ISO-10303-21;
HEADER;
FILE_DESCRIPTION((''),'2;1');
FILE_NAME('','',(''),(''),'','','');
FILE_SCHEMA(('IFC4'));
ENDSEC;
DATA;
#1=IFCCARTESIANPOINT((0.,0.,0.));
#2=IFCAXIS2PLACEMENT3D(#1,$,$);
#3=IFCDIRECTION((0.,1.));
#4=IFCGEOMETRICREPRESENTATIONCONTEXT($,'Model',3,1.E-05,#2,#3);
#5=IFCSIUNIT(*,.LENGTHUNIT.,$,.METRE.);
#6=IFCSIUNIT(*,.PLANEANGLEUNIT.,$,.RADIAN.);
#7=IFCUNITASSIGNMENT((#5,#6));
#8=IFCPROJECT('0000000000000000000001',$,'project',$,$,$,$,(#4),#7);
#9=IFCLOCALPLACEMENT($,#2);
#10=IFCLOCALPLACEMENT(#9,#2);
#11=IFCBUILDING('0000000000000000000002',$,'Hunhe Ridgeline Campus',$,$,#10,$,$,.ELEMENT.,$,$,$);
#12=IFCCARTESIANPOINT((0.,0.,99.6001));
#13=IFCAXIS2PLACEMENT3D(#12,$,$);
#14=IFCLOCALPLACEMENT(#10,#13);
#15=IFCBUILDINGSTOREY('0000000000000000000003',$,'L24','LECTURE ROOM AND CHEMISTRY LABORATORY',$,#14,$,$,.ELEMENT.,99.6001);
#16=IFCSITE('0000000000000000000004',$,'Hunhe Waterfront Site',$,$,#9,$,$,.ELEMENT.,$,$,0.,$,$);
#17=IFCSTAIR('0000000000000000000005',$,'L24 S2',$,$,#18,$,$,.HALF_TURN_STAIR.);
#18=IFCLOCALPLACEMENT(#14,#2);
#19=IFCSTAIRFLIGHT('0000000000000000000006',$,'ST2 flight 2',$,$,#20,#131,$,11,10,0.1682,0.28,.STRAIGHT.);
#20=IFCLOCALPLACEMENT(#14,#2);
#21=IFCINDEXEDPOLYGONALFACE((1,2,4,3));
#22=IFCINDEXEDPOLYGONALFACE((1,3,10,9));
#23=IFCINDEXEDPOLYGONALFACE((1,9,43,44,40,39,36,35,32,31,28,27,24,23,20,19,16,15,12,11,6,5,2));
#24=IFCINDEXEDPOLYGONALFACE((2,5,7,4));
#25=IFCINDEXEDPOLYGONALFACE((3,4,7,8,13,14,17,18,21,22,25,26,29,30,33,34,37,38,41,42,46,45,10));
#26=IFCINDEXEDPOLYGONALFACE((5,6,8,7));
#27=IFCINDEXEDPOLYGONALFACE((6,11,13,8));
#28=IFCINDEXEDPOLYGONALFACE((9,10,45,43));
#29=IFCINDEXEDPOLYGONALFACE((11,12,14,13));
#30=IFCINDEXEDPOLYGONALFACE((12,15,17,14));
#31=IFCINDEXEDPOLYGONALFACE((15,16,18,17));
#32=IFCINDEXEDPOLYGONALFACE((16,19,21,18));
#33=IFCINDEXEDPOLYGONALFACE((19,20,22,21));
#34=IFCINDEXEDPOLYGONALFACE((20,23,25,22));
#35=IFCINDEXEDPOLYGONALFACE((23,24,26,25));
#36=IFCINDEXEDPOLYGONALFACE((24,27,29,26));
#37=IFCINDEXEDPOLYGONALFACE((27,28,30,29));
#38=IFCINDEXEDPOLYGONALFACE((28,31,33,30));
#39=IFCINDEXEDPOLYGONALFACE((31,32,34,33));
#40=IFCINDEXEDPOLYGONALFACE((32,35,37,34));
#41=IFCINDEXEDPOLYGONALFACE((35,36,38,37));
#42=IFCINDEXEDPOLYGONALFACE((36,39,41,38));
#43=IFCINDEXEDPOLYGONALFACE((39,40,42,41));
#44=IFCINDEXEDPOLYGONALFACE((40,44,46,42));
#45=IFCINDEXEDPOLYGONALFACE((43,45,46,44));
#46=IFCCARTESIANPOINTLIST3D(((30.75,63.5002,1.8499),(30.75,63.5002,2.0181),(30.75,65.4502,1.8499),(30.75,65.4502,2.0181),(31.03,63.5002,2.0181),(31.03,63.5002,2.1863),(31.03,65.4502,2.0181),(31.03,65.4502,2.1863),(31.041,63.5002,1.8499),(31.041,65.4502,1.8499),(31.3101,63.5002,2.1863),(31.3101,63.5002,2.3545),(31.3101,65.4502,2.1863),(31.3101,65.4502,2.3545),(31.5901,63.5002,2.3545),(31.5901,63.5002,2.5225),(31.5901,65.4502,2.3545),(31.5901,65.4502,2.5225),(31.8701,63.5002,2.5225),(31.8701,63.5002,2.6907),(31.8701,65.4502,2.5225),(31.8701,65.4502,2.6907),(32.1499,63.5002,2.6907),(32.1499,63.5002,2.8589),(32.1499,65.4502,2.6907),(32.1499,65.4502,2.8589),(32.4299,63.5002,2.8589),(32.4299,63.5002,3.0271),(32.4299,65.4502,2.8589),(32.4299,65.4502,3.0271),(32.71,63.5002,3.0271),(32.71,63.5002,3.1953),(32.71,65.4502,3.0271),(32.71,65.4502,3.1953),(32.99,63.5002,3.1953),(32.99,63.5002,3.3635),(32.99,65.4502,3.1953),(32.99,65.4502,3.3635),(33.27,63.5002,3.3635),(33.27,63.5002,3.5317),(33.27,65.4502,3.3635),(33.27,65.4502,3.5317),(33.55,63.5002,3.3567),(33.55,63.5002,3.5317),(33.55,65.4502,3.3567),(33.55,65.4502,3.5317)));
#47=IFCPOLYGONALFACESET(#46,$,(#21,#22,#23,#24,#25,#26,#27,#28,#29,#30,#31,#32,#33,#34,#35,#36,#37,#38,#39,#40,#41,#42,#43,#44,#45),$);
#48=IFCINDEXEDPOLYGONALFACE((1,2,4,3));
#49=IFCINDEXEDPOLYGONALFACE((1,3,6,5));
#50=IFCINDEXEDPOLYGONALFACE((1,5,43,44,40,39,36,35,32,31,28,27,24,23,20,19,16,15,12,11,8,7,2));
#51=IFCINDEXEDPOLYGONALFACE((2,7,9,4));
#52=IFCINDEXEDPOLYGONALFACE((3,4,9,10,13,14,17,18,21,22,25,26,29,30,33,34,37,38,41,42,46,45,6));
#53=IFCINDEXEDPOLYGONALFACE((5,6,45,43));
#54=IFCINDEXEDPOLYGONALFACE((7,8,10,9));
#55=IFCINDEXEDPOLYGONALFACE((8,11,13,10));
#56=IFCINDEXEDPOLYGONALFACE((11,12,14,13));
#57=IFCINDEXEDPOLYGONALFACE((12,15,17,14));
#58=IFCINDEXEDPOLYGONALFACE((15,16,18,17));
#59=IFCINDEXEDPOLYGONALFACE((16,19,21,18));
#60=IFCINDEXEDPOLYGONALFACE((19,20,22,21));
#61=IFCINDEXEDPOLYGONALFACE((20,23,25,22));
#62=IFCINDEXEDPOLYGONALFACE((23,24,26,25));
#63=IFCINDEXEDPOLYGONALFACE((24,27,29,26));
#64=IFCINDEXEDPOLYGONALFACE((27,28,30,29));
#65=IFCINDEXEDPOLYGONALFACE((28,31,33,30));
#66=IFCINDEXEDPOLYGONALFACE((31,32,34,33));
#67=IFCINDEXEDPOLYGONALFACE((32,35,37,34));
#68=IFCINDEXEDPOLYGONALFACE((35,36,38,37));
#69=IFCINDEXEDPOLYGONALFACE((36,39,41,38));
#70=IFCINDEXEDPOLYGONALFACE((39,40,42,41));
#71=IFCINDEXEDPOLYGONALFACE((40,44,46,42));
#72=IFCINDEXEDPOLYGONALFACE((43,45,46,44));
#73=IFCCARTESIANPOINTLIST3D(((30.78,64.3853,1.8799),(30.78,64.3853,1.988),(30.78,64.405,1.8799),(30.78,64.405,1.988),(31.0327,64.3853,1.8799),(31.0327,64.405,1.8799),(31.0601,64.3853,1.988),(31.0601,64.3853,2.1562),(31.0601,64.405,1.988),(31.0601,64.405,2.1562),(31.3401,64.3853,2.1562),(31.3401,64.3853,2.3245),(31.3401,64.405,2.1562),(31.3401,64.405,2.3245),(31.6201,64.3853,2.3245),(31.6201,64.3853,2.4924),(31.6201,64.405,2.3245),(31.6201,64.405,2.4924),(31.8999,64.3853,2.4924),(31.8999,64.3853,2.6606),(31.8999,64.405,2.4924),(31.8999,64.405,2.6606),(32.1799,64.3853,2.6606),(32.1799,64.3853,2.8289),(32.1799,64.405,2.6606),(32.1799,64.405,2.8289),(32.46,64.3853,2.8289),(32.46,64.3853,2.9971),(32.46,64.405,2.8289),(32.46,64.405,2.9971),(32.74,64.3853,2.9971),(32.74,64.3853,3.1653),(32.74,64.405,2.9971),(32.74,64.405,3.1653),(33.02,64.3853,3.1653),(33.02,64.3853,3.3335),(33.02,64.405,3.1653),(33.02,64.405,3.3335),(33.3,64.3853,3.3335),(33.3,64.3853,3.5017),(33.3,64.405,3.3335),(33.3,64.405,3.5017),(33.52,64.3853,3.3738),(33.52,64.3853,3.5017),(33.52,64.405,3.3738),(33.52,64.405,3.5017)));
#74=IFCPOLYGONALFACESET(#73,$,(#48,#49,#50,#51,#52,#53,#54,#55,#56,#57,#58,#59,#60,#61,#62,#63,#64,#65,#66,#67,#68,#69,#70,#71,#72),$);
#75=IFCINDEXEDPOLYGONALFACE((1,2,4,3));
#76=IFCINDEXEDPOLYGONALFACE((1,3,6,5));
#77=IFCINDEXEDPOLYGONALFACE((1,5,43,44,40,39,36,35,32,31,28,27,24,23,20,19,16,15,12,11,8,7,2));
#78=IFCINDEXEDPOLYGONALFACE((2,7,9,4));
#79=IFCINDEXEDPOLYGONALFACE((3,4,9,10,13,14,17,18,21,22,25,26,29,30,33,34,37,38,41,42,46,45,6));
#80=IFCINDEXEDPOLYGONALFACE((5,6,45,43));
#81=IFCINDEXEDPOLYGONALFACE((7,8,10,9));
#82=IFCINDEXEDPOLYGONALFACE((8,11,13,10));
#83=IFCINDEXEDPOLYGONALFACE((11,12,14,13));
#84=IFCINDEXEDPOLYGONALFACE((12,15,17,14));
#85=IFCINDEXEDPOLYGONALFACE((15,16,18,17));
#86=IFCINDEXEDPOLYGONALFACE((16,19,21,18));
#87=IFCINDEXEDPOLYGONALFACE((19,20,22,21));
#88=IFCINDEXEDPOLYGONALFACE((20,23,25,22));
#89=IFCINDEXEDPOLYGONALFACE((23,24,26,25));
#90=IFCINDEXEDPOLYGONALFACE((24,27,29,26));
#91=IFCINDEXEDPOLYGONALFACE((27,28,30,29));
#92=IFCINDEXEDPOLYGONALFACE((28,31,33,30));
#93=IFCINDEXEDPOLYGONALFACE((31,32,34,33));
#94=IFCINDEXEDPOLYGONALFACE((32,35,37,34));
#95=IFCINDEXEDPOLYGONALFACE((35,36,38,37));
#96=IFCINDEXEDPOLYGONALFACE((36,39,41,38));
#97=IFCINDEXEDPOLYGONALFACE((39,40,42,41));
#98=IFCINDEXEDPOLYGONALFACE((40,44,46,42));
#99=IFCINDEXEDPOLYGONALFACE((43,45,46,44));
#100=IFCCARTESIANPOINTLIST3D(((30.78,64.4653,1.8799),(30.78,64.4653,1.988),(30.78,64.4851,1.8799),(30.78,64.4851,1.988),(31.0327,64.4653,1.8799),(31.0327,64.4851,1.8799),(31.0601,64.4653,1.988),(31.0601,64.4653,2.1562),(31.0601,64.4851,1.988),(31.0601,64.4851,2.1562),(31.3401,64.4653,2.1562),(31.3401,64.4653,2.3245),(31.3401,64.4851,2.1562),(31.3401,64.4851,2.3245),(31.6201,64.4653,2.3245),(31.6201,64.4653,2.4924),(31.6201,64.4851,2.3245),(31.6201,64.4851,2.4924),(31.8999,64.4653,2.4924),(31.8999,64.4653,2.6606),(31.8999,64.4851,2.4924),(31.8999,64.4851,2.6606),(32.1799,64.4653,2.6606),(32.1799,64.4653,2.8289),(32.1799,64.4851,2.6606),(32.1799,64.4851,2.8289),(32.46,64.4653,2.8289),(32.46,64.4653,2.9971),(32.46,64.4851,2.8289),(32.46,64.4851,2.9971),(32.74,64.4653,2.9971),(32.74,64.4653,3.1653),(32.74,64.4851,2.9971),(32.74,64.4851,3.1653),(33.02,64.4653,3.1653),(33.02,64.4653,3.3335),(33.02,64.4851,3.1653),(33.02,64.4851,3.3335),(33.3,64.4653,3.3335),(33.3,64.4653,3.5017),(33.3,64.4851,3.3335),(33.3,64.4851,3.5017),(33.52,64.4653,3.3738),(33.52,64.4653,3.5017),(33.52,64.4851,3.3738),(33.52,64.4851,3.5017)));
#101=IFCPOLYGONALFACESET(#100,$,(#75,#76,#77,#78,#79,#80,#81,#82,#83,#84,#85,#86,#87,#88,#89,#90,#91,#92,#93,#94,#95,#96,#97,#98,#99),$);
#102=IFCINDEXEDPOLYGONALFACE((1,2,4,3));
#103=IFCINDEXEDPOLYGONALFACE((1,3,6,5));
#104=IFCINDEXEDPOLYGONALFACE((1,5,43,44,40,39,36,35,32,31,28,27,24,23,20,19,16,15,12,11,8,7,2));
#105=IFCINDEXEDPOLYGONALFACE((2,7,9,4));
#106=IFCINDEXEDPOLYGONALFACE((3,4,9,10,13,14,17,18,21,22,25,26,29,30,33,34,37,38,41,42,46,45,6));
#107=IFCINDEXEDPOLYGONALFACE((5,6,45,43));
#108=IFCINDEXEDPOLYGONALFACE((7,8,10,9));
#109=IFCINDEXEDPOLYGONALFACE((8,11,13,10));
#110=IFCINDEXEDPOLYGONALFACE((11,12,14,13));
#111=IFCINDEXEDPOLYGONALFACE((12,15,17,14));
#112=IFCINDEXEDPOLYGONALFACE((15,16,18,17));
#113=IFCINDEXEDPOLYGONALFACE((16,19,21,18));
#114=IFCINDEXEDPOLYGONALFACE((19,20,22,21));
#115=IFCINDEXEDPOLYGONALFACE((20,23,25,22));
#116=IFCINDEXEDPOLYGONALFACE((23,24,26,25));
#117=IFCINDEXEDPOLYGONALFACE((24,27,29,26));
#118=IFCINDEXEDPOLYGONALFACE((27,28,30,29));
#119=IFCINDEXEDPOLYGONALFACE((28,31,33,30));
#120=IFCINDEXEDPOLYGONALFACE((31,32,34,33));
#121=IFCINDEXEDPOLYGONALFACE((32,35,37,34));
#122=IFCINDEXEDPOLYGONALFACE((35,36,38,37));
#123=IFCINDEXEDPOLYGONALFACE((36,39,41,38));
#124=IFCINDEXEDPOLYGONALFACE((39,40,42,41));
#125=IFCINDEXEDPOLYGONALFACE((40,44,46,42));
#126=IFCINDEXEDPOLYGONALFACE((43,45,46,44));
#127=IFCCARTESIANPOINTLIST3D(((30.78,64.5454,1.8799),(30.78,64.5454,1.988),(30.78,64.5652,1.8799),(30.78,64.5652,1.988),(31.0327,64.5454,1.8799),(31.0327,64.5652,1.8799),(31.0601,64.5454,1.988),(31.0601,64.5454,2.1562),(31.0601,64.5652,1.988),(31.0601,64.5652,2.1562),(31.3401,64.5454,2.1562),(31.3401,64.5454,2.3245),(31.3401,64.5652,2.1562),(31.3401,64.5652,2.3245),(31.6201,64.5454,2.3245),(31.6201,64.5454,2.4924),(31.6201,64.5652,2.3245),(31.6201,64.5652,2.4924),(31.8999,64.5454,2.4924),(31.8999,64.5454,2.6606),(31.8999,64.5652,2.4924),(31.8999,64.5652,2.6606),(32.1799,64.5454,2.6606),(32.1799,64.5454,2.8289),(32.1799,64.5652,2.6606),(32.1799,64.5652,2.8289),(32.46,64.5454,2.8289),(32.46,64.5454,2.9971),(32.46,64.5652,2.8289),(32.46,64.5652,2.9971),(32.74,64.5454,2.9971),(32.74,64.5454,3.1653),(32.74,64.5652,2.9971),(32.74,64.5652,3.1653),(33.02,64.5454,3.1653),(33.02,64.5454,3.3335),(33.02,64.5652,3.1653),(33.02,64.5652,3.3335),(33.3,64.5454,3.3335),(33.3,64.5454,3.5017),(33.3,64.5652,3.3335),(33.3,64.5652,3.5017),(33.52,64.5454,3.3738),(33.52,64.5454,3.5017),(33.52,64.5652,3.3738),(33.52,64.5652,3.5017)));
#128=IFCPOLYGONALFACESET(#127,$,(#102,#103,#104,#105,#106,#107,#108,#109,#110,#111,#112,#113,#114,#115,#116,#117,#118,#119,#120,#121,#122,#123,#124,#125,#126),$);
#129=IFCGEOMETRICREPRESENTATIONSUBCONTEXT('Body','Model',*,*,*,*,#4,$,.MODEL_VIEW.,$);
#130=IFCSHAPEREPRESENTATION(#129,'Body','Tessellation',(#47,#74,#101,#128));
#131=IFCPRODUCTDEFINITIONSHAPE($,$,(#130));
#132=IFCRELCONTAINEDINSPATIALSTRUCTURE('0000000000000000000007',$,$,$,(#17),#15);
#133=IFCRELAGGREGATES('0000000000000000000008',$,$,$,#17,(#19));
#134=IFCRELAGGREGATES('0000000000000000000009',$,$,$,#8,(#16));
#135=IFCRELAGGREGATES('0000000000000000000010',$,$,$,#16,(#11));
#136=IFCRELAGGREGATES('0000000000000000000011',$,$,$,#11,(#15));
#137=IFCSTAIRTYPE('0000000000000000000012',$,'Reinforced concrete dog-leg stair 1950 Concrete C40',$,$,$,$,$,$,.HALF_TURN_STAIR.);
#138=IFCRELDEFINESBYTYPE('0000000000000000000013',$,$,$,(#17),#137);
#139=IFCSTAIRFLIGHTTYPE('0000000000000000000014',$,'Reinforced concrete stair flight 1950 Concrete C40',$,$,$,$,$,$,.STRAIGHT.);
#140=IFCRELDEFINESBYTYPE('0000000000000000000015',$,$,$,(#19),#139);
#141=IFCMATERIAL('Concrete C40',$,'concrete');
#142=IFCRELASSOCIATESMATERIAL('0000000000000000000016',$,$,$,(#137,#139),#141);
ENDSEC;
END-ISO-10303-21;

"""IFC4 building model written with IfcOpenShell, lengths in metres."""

from ifc_helpers import new_model, si_unit, direction, frame, origin, place, context, subcontext, project, spatial, polyline, outline, extrude, material, type_object, element, aggregate, save


model = new_model("IFC4")

# Units and contexts
model_context = context("Model", 3, precision=1e-05, world=origin(), true_north=direction((0.0, 1.0)))
body_context = subcontext(model_context, "Body", "Model", "MODEL_VIEW")
ifc_project = project(units=[si_unit("LENGTHUNIT", "METRE"), si_unit("PLANEANGLEUNIT", "RADIAN")], contexts=[model_context])

# Site, building, storey
site_placement = place(None, origin())
site = spatial("IfcSite", under=ifc_project, at=site_placement, Name="Hunhe Waterfront Site", CompositionType="ELEMENT", RefElevation=0.0)
building_placement = place(site_placement, origin())
building = spatial("IfcBuilding", under=site, at=building_placement, Name="Hunhe Ridgeline Campus", CompositionType="ELEMENT")
storey_placement = place(building_placement, frame((0.0, 0.0, 99.6001)))
storey = spatial("IfcBuildingStorey", under=building, at=storey_placement, Name="L24", Description="LECTURE ROOM AND CHEMISTRY LABORATORY", CompositionType="ELEMENT", Elevation=99.6001)

# Stair, stair flight
ifc_material_1 = material(Name="Concrete C40", Category="concrete")
stair_type = type_object("IfcStairType", Name="Reinforced concrete dog-leg stair 1950 Concrete C40", PredefinedType="HALF_TURN_STAIR", material=ifc_material_1)
stair_placement = place(storey_placement, origin())
stair = element("IfcStair", 1, at=stair_placement, inside=storey, type_object=stair_type, Name="L24 S2", PredefinedType="HALF_TURN_STAIR")
stair_flight_type = type_object("IfcStairFlightType", Name="Reinforced concrete stair flight 1950 Concrete C40", PredefinedType="STRAIGHT", material=ifc_material_1)
stair_flight_1_placement = place(storey_placement, frame((30.75, 64.4751, 1.8499), z_axis=(0.0, 0.0, 1.0), x_axis=(1.0, 0.0, 0.0)))
stair_flight_1 = element("IfcStairFlight", 2, at=stair_flight_1_placement, type_object=stair_flight_type, Name="ST2 flight 2", NumberOfRisers=11, NumberOfTreads=10, PredefinedType="STRAIGHT", RiserHeight=0.1682, TreadLength=0.28, context=body_context, shape_type="SweptSolid", body=[
    extrude(outline(polyline([(0.0, 0.0), (0.0, 0.1682), (0.28, 0.1682), (0.28, 0.3364), (0.5601, 0.3364), (0.5601, 0.5046), (0.8401, 0.5046), (0.8401, 0.6726), (1.1201, 0.6726), (1.1201, 0.8408), (1.3999, 0.8408), (1.3999, 1.009), (1.6799, 1.009), (1.6799, 1.1772), (1.96, 1.1772), (1.96, 1.3455), (2.24, 1.3455), (2.24, 1.5137), (2.52, 1.5137), (2.52, 1.6819), (2.8, 1.6819), (2.8, 1.8501), (2.8, 1.5068), (0.291, 0.0), (0.0, 0.0)])), frame((0.0, 0.9751, 0.0), z_axis=(0.0, -1.0, 0.0), x_axis=(1.0, 0.0, 0.0)), (0.0, 0.0, 1.0), 1.95),
    extrude(outline(polyline([(0.03, 0.03), (0.03, 0.1382), (0.3101, 0.1382), (0.3101, 0.3064), (0.5901, 0.3064), (0.5901, 0.4746), (0.8701, 0.4746), (0.8701, 0.6426), (1.1499, 0.6426), (1.1499, 0.8108), (1.4299, 0.8108), (1.4299, 0.979), (1.71, 0.979), (1.71, 1.1472), (1.99, 1.1472), (1.99, 1.3154), (2.27, 1.3154), (2.27, 1.4836), (2.55, 1.4836), (2.55, 1.6519), (2.77, 1.6519), (2.77, 1.5239), (0.2827, 0.03), (0.03, 0.03)])), frame((0.0, -0.0701, 0.0), z_axis=(0.0, -1.0, 0.0), x_axis=(1.0, 0.0, 0.0)), (0.0, 0.0, 1.0), 0.0198),
    extrude(outline(polyline([(0.03, 0.03), (0.03, 0.1382), (0.3101, 0.1382), (0.3101, 0.3064), (0.5901, 0.3064), (0.5901, 0.4746), (0.8701, 0.4746), (0.8701, 0.6426), (1.1499, 0.6426), (1.1499, 0.8108), (1.4299, 0.8108), (1.4299, 0.979), (1.71, 0.979), (1.71, 1.1472), (1.99, 1.1472), (1.99, 1.3154), (2.27, 1.3154), (2.27, 1.4836), (2.55, 1.4836), (2.55, 1.6519), (2.77, 1.6519), (2.77, 1.5239), (0.2827, 0.03), (0.03, 0.03)])), frame((0.0, 0.01, 0.0), z_axis=(0.0, -1.0, 0.0), x_axis=(1.0, 0.0, 0.0)), (0.0, 0.0, 1.0), 0.0198),
    extrude(outline(polyline([(0.03, 0.03), (0.03, 0.1382), (0.3101, 0.1382), (0.3101, 0.3064), (0.5901, 0.3064), (0.5901, 0.4746), (0.8701, 0.4746), (0.8701, 0.6426), (1.1499, 0.6426), (1.1499, 0.8108), (1.4299, 0.8108), (1.4299, 0.979), (1.71, 0.979), (1.71, 1.1472), (1.99, 1.1472), (1.99, 1.3154), (2.27, 1.3154), (2.27, 1.4836), (2.55, 1.4836), (2.55, 1.6519), (2.77, 1.6519), (2.77, 1.5239), (0.2827, 0.03), (0.03, 0.03)])), frame((0.0, 0.0901, 0.0), z_axis=(0.0, -1.0, 0.0), x_axis=(1.0, 0.0, 0.0)), (0.0, 0.0, 1.0), 0.0198),
])
aggregate(stair, [stair_flight_1])

save(model, "model.ifc")
